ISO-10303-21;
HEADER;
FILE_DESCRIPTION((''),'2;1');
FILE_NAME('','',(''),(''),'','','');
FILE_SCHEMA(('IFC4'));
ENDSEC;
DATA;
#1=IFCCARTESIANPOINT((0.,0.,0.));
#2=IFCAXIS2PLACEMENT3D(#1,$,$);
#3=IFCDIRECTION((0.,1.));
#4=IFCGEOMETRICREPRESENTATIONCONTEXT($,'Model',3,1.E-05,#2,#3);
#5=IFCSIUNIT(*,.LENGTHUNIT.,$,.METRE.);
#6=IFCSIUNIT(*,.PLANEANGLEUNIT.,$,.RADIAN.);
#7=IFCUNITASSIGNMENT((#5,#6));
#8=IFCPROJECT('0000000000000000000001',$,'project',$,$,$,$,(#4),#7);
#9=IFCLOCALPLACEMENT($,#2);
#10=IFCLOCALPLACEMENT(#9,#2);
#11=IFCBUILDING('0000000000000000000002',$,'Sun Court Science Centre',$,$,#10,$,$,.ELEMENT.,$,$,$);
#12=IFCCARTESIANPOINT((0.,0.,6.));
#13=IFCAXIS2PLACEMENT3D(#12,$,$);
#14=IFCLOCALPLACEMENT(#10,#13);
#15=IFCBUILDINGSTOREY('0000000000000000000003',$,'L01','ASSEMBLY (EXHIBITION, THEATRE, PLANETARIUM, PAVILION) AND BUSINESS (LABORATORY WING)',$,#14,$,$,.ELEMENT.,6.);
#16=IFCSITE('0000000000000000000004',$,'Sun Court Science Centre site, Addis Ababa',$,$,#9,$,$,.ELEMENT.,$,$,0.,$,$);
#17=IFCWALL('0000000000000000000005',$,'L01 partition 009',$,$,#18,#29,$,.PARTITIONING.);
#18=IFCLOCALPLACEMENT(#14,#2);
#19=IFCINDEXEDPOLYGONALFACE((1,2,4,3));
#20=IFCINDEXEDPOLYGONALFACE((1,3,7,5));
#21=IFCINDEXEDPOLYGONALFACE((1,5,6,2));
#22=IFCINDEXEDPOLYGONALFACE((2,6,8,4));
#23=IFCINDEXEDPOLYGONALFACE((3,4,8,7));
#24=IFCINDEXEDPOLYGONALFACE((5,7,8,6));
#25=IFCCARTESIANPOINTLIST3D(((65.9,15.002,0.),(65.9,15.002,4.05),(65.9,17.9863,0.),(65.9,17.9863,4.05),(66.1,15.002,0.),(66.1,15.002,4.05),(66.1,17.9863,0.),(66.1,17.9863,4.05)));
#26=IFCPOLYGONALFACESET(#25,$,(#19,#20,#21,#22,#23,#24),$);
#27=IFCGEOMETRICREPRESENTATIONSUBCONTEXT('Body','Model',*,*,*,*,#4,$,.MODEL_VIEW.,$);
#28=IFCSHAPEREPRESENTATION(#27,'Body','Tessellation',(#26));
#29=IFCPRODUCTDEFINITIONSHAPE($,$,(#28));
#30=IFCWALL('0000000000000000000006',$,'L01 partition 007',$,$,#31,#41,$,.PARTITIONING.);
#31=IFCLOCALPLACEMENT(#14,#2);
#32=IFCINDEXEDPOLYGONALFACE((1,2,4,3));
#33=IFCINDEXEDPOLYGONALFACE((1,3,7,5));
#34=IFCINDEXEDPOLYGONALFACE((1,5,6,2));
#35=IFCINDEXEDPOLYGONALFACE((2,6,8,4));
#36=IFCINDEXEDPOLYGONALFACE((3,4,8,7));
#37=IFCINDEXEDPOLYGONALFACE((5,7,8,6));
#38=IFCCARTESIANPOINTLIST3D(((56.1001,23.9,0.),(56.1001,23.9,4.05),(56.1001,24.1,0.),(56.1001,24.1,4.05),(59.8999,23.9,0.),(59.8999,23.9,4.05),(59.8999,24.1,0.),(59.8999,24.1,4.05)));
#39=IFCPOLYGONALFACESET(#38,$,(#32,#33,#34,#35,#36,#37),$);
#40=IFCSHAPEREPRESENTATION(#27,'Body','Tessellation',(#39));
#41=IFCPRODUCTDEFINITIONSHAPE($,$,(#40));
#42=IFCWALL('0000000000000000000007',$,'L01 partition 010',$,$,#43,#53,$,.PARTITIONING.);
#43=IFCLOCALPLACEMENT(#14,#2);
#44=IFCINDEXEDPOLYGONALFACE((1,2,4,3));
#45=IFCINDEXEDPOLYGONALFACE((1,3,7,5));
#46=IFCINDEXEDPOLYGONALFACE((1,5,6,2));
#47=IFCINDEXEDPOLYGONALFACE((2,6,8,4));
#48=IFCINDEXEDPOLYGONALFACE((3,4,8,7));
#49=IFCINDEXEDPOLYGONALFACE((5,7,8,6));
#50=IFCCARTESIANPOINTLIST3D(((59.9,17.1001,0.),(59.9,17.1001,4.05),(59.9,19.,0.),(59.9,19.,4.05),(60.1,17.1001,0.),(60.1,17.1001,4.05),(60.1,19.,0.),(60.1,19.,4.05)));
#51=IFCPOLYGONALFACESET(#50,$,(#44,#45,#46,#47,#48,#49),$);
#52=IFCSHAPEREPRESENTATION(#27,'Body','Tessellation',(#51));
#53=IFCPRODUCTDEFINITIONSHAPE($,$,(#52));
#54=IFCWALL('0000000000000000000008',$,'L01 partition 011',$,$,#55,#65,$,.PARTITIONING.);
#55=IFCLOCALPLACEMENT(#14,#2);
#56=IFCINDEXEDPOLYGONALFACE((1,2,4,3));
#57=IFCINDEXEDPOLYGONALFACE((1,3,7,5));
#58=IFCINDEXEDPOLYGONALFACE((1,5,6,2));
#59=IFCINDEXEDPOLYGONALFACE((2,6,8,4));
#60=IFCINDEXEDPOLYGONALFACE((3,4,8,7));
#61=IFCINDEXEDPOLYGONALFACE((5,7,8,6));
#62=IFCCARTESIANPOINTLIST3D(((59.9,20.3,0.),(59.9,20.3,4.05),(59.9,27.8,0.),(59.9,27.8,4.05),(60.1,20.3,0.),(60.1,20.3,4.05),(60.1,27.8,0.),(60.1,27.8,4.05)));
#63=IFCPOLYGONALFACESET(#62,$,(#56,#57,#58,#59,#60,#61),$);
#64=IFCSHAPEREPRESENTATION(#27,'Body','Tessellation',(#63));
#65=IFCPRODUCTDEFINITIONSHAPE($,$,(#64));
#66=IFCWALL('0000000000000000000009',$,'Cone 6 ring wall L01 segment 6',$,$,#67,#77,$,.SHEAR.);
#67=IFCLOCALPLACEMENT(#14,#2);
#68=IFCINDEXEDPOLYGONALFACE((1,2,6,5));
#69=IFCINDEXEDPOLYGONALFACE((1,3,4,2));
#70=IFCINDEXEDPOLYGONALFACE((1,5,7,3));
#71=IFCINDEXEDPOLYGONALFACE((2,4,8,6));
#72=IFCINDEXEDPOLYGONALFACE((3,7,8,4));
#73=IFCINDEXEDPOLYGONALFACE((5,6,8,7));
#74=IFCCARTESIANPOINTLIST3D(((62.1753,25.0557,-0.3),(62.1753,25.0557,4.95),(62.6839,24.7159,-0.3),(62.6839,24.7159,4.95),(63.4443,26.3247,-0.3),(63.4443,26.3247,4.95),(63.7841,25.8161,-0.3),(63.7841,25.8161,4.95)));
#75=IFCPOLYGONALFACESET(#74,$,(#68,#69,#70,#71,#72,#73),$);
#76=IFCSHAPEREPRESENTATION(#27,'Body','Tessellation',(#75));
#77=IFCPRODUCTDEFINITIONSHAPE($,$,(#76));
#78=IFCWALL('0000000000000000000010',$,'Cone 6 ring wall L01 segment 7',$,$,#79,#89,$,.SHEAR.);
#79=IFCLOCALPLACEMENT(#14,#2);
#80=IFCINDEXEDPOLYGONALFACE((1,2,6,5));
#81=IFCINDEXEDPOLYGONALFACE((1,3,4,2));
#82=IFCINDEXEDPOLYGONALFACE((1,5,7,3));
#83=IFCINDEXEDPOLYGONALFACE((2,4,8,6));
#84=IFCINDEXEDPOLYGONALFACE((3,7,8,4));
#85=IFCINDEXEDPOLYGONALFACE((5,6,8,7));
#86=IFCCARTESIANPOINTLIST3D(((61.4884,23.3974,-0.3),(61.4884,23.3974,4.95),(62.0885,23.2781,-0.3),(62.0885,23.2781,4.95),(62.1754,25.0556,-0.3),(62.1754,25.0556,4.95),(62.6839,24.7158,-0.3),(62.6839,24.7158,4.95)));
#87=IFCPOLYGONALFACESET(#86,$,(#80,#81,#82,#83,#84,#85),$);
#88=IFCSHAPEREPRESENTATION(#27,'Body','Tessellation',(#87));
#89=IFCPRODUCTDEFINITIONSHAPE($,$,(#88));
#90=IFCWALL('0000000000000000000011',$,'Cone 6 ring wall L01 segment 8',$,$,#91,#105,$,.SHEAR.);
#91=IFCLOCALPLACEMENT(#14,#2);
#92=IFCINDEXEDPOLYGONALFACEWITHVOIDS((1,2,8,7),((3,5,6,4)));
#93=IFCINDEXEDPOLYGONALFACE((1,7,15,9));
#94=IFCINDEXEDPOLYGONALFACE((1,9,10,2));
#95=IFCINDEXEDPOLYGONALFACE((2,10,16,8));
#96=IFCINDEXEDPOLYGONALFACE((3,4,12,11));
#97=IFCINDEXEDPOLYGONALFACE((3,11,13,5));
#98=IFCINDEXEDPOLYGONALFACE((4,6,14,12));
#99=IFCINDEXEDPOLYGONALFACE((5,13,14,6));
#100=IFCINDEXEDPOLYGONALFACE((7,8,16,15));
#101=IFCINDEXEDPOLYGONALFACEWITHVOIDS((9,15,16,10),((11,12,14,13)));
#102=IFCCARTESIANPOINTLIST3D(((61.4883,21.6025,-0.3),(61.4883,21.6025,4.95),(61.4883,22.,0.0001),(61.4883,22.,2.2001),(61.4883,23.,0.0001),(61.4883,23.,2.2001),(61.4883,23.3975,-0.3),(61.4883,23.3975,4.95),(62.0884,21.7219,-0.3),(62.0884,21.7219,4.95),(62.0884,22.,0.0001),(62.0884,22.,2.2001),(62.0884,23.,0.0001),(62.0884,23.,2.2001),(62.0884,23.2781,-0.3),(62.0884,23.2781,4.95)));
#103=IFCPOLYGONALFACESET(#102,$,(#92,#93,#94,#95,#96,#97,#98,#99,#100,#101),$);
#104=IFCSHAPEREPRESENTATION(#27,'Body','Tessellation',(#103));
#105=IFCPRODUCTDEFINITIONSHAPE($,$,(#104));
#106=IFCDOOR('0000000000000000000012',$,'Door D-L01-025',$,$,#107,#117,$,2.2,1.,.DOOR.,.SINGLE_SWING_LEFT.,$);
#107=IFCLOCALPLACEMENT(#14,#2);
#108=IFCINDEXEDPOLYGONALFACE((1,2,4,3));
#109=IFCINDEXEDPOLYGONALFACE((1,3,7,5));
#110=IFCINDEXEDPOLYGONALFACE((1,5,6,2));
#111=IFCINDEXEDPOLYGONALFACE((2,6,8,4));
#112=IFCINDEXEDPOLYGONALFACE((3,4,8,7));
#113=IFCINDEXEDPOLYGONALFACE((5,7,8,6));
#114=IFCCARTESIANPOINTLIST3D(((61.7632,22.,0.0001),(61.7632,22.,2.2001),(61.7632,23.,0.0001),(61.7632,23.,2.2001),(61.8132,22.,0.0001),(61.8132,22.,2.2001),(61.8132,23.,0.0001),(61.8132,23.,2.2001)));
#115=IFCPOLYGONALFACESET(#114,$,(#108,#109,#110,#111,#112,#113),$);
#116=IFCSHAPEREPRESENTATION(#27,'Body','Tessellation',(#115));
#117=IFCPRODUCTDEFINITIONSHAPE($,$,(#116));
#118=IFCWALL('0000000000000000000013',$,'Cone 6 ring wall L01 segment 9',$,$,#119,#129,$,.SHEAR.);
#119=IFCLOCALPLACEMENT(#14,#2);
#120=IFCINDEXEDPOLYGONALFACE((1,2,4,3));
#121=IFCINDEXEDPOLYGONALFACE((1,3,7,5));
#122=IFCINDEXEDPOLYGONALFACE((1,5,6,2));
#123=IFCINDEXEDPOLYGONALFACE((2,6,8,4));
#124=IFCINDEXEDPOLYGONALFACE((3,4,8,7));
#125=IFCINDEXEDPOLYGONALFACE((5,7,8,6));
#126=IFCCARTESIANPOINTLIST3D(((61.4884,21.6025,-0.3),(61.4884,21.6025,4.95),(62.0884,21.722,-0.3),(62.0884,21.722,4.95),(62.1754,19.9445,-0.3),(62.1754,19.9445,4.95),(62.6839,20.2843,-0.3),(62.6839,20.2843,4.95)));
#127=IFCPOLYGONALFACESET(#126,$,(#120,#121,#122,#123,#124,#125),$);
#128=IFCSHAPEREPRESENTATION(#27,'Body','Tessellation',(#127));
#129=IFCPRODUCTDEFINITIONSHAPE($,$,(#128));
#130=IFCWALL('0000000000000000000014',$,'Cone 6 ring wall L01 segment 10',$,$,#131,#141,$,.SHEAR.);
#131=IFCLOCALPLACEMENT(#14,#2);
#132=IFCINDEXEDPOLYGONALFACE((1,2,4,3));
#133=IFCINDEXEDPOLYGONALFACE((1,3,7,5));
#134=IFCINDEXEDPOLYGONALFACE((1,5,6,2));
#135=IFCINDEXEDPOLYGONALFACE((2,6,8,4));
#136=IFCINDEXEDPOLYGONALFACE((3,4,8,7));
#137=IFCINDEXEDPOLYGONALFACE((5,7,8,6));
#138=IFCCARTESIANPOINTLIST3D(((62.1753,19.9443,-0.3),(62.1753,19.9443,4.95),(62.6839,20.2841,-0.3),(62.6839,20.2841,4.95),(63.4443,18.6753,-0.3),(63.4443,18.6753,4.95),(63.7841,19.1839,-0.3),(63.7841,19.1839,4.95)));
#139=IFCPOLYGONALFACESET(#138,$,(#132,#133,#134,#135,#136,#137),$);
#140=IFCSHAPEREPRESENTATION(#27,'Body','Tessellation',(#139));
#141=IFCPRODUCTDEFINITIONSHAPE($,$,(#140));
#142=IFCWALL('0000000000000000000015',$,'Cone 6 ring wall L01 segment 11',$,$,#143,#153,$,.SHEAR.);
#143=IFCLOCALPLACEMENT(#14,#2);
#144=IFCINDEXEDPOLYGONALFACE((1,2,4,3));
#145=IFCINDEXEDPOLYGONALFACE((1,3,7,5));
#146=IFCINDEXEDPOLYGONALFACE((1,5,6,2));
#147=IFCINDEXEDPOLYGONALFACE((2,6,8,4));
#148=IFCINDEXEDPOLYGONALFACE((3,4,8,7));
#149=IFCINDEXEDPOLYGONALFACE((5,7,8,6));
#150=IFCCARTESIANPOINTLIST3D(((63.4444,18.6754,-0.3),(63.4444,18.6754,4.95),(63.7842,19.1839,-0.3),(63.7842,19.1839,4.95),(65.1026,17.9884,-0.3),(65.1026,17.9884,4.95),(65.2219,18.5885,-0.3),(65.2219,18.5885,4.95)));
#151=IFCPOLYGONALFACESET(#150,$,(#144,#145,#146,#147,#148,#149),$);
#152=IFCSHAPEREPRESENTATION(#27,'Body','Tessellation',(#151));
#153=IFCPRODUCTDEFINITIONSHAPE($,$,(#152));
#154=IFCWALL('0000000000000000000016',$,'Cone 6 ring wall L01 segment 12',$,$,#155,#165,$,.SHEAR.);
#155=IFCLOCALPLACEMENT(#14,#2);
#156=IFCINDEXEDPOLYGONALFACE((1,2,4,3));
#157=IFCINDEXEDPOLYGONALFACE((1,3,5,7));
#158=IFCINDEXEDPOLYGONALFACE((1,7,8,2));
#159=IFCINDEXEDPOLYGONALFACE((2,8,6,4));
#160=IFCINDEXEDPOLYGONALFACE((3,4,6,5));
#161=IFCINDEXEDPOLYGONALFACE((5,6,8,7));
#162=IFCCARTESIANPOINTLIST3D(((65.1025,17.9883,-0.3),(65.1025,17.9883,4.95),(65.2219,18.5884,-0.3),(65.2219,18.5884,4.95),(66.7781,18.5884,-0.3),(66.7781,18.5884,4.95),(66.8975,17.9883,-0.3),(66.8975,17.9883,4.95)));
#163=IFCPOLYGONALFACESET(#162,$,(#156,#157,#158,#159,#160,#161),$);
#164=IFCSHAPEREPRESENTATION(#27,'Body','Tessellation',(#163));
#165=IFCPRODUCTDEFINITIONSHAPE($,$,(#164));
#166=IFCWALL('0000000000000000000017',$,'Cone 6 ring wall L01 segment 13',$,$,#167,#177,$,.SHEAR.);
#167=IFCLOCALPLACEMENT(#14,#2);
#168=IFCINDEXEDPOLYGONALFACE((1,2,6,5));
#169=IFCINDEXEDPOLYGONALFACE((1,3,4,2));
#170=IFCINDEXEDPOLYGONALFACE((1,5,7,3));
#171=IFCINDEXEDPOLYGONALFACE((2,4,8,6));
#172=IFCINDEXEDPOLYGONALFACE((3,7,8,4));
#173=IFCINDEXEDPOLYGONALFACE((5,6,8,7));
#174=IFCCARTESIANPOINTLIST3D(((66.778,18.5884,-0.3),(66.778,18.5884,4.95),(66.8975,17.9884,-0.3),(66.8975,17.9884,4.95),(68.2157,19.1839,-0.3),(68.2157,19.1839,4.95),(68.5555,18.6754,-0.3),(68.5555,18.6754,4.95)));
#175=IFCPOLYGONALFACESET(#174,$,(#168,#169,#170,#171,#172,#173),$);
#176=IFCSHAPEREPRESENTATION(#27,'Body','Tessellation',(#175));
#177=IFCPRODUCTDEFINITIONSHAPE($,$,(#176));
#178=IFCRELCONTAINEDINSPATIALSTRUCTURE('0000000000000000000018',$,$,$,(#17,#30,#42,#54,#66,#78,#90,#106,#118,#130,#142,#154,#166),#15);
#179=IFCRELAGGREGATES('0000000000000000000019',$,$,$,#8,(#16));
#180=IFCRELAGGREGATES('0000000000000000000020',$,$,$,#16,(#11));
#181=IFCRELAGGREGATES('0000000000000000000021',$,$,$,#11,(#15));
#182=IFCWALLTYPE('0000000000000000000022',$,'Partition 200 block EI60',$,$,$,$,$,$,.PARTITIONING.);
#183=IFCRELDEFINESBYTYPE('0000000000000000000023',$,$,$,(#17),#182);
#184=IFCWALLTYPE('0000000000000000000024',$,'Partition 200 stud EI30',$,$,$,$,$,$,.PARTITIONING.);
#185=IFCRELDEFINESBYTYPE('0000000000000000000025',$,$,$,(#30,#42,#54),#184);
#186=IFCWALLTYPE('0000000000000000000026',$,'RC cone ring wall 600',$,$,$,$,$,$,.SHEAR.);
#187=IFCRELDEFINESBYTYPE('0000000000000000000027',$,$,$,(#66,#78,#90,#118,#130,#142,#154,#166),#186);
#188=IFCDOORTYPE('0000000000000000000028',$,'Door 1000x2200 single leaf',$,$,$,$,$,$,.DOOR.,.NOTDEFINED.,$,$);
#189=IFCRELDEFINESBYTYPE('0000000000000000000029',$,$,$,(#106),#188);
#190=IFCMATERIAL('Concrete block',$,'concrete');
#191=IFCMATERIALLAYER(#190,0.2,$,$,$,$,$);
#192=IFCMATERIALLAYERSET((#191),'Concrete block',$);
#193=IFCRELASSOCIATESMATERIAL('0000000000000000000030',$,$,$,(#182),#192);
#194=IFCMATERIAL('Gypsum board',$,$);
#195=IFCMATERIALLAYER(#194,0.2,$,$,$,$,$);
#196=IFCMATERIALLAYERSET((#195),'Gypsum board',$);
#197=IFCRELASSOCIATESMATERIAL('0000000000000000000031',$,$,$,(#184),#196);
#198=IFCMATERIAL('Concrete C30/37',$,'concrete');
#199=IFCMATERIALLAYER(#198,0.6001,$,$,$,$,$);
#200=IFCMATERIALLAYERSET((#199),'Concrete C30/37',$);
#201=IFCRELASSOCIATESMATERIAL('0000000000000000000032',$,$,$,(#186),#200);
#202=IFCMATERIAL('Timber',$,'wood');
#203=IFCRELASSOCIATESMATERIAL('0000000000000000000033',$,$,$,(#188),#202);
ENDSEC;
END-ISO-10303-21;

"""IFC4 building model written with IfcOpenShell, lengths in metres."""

from ifc_helpers import new_model, si_unit, direction, frame, frame_2d, origin, place, context, subcontext, project, spatial, polyline, rectangle, outline, extrude, material, layer, layer_set, type_object, element, fill, save


model = new_model("IFC4")

# Units and contexts
model_context = context("Model", 3, precision=1e-05, world=origin(), true_north=direction((0.0, 1.0)))
body_context = subcontext(model_context, "Body", "Model", "MODEL_VIEW")
ifc_project = project(units=[si_unit("LENGTHUNIT", "METRE"), si_unit("PLANEANGLEUNIT", "RADIAN")], contexts=[model_context])

# Site, building, storey
site_placement = place(None, origin())
site = spatial("IfcSite", under=ifc_project, at=site_placement, Name="Sun Court Science Centre site, Addis Ababa", CompositionType="ELEMENT", RefElevation=0.0)
building_placement = place(site_placement, origin())
building = spatial("IfcBuilding", under=site, at=building_placement, Name="Sun Court Science Centre", CompositionType="ELEMENT")
storey_placement = place(building_placement, frame((0.0, 0.0, 6.0)))
storey = spatial("IfcBuildingStorey", under=building, at=storey_placement, Name="L01", Description="ASSEMBLY (EXHIBITION, THEATRE, PLANETARIUM, PAVILION) AND BUSINESS (LABORATORY WING)", CompositionType="ELEMENT", Elevation=6.0)

# Shared definitions
ifc_material_1 = material(Name="Concrete block", Category="concrete")
ifc_layer_1 = layer(ifc_material_1, 0.2)
ifc_layer_set_1 = layer_set([ifc_layer_1], Name="Concrete block")
wall_type_1 = type_object("IfcWallType", Name="Partition 200 block EI60", PredefinedType="PARTITIONING", material=ifc_layer_set_1)

# Walls
wall_1_placement = place(storey_placement, frame((66.0, 15.002, 0.0), z_axis=(0.0, 0.0, 1.0), x_axis=(0.0, 1.0, 0.0)))
element("IfcWall", 1, at=wall_1_placement, inside=storey, type_object=wall_type_1, Name="L01 partition 009", PredefinedType="PARTITIONING", context=body_context, shape_type="SweptSolid", body=[
    extrude(rectangle(XDim=2.9844, YDim=0.2, at=frame_2d((1.4922, 0.0))), origin(), (0.0, 0.0, 1.0), 4.05),
])
ifc_material_2 = material(Name="Gypsum board")
ifc_layer_2 = layer(ifc_material_2, 0.2)
ifc_layer_set_2 = layer_set([ifc_layer_2], Name="Gypsum board")
wall_type_2 = type_object("IfcWallType", Name="Partition 200 stud EI30", PredefinedType="PARTITIONING", material=ifc_layer_set_2)
wall_2_placement = place(storey_placement, frame((56.1001, 24.0, 0.0), z_axis=(0.0, 0.0, 1.0), x_axis=(1.0, 0.0, 0.0)))
element("IfcWall", 2, at=wall_2_placement, inside=storey, type_object=wall_type_2, Name="L01 partition 007", PredefinedType="PARTITIONING", context=body_context, shape_type="SweptSolid", body=[
    extrude(rectangle(XDim=3.7998, YDim=0.2, at=frame_2d((1.8999, 0.0))), origin(), (0.0, 0.0, 1.0), 4.05),
])
wall_3_placement = place(storey_placement, frame((60.0, 17.1001, 0.0), z_axis=(0.0, 0.0, 1.0), x_axis=(0.0, 1.0, 0.0)))
element("IfcWall", 3, at=wall_3_placement, inside=storey, type_object=wall_type_2, Name="L01 partition 010", PredefinedType="PARTITIONING", context=body_context, shape_type="SweptSolid", body=[
    extrude(rectangle(XDim=1.8999, YDim=0.2, at=frame_2d((0.95, 0.0))), origin(), (0.0, 0.0, 1.0), 4.05),
])
wall_4_placement = place(storey_placement, frame((60.0, 20.3, 0.0), z_axis=(0.0, 0.0, 1.0), x_axis=(0.0, 1.0, 0.0)))
element("IfcWall", 4, at=wall_4_placement, inside=storey, type_object=wall_type_2, Name="L01 partition 011", PredefinedType="PARTITIONING", context=body_context, shape_type="SweptSolid", body=[
    extrude(rectangle(XDim=7.5, YDim=0.2, at=frame_2d((3.75, 0.0))), origin(), (0.0, 0.0, 1.0), 4.05),
])
ifc_material_3 = material(Name="Concrete C30/37", Category="concrete")
ifc_layer_3 = layer(ifc_material_3, 0.6001)
ifc_layer_set_3 = layer_set([ifc_layer_3], Name="Concrete C30/37")
wall_type_3 = type_object("IfcWallType", Name="RC cone ring wall 600", PredefinedType="SHEAR", material=ifc_layer_set_3)
wall_5_placement = place(storey_placement, frame((63.6565, 26.1125, -0.3), z_axis=(0.0, 0.0, 1.0), x_axis=(-0.707107, -0.707107, 0.0)))
element("IfcWall", 5, at=wall_5_placement, inside=storey, type_object=wall_type_3, Name="Cone 6 ring wall L01 segment 6", PredefinedType="SHEAR", context=body_context, shape_type="SweptSolid", body=[
    extrude(outline(polyline([(0.0, -0.3), (1.7947, -0.3), (1.6753, 0.2998), (0.1194, 0.2998), (0.0, -0.3)])), origin(), (0.0, 0.0, 1.0), 5.25),
])
wall_6_placement = place(storey_placement, frame((62.4524, 24.9409, -0.3), z_axis=(0.0, 0.0, 1.0), x_axis=(-0.382644, -0.923896, 0.0)))
element("IfcWall", 6, at=wall_6_placement, inside=storey, type_object=wall_type_3, Name="Cone 6 ring wall L01 segment 7", PredefinedType="SHEAR", context=body_context, shape_type="SweptSolid", body=[
    extrude(outline(polyline([(0.0, -0.2998), (1.7949, -0.3), (1.6755, 0.3), (0.1194, 0.3), (0.0, -0.2998)])), origin(), (0.0, 0.0, 1.0), 5.25),
])

# Wall, opening, door
wall_7_placement = place(storey_placement, frame((61.7883, 23.3975, -0.3), z_axis=(0.0, 0.0, 1.0), x_axis=(0.0, -1.0, 0.0)))
wall_7 = element("IfcWall", 7, at=wall_7_placement, inside=storey, type_object=wall_type_3, Name="Cone 6 ring wall L01 segment 8", PredefinedType="SHEAR", context=body_context, shape_type="SweptSolid", body=[
    extrude(outline(polyline([(0.0, -0.3), (1.7949, -0.3), (1.6755, 0.3), (0.1194, 0.3), (0.0, -0.3)])), origin(), (0.0, 0.0, 1.0), 5.25),
])
opening_1_placement = place(wall_7_placement, frame((0.3975, 0.0, 0.3)))
opening_1 = element("IfcOpeningElement", 8, at=opening_1_placement, cuts=wall_7, PredefinedType="OPENING", context=body_context, shape_type="SweptSolid", body=[
    extrude(rectangle(XDim=1.0, YDim=2.2, at=frame_2d((0.5, 1.1001))), frame((0.0, 0.3101, 0.0), z_axis=(0.0, -1.0, 0.0), x_axis=(1.0, 0.0, 0.0)), (0.0, 0.0, 1.0), 0.6201),
])
ifc_material_4 = material(Name="Timber", Category="wood")
door_type_1 = type_object("IfcDoorType", Name="Door 1000x2200 single leaf", OperationType="NOTDEFINED", PredefinedType="DOOR", material=ifc_material_4)
door_1_placement = place(opening_1_placement, origin())
door_1 = element("IfcDoor", 9, at=door_1_placement, inside=storey, type_object=door_type_1, Name="Door D-L01-025", OperationType="SINGLE_SWING_LEFT", OverallHeight=2.2, OverallWidth=1.0, PredefinedType="DOOR", context=body_context, shape_type="SweptSolid", body=[
    extrude(rectangle(XDim=1.0, YDim=2.2, at=frame_2d((0.5, 1.1001))), frame((0.0, 0.0249, 0.0), z_axis=(0.0, -1.0, 0.0), x_axis=(1.0, 0.0, 0.0)), (0.0, 0.0, 1.0), 0.05),
])
fill(opening_1, door_1)

# Walls
wall_8_placement = place(storey_placement, frame((61.7656, 21.7173, -0.3), z_axis=(0.0, 0.0, 1.0), x_axis=(0.382644, -0.923896, 0.0)))
element("IfcWall", 10, at=wall_8_placement, inside=storey, type_object=wall_type_3, Name="Cone 6 ring wall L01 segment 9", PredefinedType="SHEAR", context=body_context, shape_type="SweptSolid", body=[
    extrude(outline(polyline([(0.0, -0.3), (1.7947, -0.2998), (1.6753, 0.3), (0.1191, 0.3), (0.0, -0.3)])), origin(), (0.0, 0.0, 1.0), 5.25),
])
wall_9_placement = place(storey_placement, frame((62.3875, 20.1565, -0.3), z_axis=(0.0, 0.0, 1.0), x_axis=(0.707107, -0.707107, 0.0)))
element("IfcWall", 11, at=wall_9_placement, inside=storey, type_object=wall_type_3, Name="Cone 6 ring wall L01 segment 10", PredefinedType="SHEAR", context=body_context, shape_type="SweptSolid", body=[
    extrude(outline(polyline([(0.0, -0.3), (1.7947, -0.3), (1.6753, 0.2998), (0.1194, 0.2998), (0.0, -0.3)])), origin(), (0.0, 0.0, 1.0), 5.25),
])
wall_10_placement = place(storey_placement, frame((63.5591, 18.9524, -0.3), z_axis=(0.0, 0.0, 1.0), x_axis=(0.923896, -0.382644, 0.0)))
element("IfcWall", 12, at=wall_10_placement, inside=storey, type_object=wall_type_3, Name="Cone 6 ring wall L01 segment 11", PredefinedType="SHEAR", context=body_context, shape_type="SweptSolid", body=[
    extrude(outline(polyline([(0.0, -0.2998), (1.7949, -0.3), (1.6755, 0.3), (0.1194, 0.3), (0.0, -0.2998)])), origin(), (0.0, 0.0, 1.0), 5.25),
])
wall_11_placement = place(storey_placement, frame((65.1025, 18.2883, -0.3), z_axis=(0.0, 0.0, 1.0), x_axis=(1.0, 0.0, 0.0)))
element("IfcWall", 13, at=wall_11_placement, inside=storey, type_object=wall_type_3, Name="Cone 6 ring wall L01 segment 12", PredefinedType="SHEAR", context=body_context, shape_type="SweptSolid", body=[
    extrude(outline(polyline([(0.0, -0.3), (1.7949, -0.3), (1.6755, 0.3), (0.1194, 0.3), (0.0, -0.3)])), origin(), (0.0, 0.0, 1.0), 5.25),
])
wall_12_placement = place(storey_placement, frame((66.7827, 18.2656, -0.3), z_axis=(0.0, 0.0, 1.0), x_axis=(0.923896, 0.382644, 0.0)))
element("IfcWall", 14, at=wall_12_placement, inside=storey, type_object=wall_type_3, Name="Cone 6 ring wall L01 segment 13", PredefinedType="SHEAR", context=body_context, shape_type="SweptSolid", body=[
    extrude(outline(polyline([(0.0, -0.3), (1.7947, -0.2998), (1.6753, 0.3), (0.1191, 0.3), (0.0, -0.3)])), origin(), (0.0, 0.0, 1.0), 5.25),
])

save(model, "model.ifc")
